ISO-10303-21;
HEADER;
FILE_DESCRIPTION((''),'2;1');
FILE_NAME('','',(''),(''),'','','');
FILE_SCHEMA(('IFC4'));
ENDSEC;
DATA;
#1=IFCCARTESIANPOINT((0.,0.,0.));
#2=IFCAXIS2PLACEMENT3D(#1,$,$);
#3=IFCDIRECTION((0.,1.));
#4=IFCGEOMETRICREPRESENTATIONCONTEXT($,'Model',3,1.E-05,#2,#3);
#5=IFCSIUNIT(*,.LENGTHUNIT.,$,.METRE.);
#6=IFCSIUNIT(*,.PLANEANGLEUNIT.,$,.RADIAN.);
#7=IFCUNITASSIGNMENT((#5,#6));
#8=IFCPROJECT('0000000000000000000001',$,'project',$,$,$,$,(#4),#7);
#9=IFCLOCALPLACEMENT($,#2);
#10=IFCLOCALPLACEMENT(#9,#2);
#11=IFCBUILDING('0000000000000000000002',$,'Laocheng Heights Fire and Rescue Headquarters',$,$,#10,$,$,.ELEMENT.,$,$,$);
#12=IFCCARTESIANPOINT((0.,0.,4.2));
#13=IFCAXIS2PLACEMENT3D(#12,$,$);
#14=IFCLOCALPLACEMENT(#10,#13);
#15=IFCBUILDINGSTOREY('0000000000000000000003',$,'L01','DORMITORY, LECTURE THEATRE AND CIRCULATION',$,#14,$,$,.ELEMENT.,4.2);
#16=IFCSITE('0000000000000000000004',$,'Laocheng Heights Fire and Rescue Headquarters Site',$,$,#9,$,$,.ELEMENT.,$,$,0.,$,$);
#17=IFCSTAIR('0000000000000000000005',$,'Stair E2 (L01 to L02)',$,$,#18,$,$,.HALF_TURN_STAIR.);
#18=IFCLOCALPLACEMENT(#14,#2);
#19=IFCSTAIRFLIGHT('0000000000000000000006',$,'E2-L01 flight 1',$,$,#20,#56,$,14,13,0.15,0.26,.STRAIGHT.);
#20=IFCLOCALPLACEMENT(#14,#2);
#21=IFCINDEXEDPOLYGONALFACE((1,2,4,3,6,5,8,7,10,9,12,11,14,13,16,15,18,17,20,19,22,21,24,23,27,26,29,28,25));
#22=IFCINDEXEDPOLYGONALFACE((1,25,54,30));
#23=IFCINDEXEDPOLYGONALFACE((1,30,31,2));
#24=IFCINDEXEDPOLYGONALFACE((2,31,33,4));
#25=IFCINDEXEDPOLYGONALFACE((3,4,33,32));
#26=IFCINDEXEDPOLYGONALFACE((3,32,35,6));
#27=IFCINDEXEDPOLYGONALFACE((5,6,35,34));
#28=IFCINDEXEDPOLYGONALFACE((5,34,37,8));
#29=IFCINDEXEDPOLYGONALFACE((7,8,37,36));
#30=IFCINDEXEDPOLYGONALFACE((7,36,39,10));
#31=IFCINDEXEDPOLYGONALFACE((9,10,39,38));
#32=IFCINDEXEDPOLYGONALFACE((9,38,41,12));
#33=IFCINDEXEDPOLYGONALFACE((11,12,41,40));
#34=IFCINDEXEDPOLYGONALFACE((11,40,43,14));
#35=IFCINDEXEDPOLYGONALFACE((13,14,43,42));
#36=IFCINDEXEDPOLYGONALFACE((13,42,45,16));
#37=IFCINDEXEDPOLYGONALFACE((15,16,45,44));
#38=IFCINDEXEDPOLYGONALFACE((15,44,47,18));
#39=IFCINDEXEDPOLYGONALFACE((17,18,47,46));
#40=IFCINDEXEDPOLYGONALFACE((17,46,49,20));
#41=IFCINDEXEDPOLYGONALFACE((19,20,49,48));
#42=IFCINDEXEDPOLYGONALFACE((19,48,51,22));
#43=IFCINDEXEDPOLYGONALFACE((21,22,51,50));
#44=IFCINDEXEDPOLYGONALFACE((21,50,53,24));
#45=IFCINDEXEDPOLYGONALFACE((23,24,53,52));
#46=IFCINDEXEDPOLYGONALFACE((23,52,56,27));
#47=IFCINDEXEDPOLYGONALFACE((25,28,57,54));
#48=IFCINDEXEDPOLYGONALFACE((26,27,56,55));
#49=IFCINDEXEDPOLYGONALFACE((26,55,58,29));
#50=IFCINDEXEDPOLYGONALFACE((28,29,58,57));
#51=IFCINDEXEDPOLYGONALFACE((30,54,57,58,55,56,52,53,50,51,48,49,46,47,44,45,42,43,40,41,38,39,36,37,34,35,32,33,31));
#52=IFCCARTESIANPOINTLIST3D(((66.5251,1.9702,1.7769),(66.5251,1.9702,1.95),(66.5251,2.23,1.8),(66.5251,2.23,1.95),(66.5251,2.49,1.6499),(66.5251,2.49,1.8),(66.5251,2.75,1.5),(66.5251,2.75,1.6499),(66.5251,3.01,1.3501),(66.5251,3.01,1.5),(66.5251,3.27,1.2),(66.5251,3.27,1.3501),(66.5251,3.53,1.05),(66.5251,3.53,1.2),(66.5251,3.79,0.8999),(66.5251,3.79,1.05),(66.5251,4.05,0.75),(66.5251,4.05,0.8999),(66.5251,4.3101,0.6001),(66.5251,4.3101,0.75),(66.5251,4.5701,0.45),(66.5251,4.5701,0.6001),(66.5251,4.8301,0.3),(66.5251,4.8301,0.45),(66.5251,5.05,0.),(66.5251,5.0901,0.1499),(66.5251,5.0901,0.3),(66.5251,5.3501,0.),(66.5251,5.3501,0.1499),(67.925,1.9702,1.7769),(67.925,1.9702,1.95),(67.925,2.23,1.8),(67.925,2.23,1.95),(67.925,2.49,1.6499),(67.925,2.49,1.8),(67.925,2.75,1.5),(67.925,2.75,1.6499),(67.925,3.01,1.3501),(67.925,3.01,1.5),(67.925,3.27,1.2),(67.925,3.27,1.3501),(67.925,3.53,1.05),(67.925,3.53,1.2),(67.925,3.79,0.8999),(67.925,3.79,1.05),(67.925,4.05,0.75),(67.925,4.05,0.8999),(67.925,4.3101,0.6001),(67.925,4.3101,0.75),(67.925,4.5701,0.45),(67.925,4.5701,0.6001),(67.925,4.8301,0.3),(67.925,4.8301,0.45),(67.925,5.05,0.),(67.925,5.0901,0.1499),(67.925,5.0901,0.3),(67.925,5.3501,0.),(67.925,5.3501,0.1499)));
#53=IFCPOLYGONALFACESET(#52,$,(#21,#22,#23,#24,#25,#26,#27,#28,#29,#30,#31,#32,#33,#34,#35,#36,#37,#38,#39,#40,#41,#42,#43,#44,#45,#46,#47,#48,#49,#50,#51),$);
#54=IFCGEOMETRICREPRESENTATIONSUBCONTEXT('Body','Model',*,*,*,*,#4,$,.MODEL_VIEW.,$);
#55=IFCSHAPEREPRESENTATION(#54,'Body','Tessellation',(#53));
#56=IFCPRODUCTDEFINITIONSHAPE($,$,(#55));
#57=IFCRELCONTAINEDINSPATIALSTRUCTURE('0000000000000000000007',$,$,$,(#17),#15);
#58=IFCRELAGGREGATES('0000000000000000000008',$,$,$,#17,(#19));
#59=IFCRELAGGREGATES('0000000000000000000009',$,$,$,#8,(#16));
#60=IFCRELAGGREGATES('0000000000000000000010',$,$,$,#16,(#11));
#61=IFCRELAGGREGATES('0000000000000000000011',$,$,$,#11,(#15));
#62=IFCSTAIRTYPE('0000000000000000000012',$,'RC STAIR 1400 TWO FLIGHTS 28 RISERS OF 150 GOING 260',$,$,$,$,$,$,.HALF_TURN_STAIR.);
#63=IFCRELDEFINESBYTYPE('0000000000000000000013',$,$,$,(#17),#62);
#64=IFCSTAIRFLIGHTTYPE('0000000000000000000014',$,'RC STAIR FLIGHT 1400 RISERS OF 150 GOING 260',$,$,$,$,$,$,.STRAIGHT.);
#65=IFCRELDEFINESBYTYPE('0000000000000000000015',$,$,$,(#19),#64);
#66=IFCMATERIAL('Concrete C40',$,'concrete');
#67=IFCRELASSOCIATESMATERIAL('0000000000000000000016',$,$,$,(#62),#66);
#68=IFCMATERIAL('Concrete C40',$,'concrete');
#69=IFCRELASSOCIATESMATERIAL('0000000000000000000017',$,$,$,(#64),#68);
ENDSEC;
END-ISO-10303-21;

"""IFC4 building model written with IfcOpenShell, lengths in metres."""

from ifc_helpers import new_model, si_unit, direction, frame, origin, place, context, subcontext, project, spatial, polyline, outline, extrude, material, type_object, element, aggregate, save


model = new_model("IFC4")

# Units and contexts
model_context = context("Model", 3, precision=1e-05, world=origin(), true_north=direction((0.0, 1.0)))
body_context = subcontext(model_context, "Body", "Model", "MODEL_VIEW")
ifc_project = project(units=[si_unit("LENGTHUNIT", "METRE"), si_unit("PLANEANGLEUNIT", "RADIAN")], contexts=[model_context])

# Site, building, storey
site_placement = place(None, origin())
site = spatial("IfcSite", under=ifc_project, at=site_placement, Name="Laocheng Heights Fire and Rescue Headquarters Site", CompositionType="ELEMENT", RefElevation=0.0)
building_placement = place(site_placement, origin())
building = spatial("IfcBuilding", under=site, at=building_placement, Name="Laocheng Heights Fire and Rescue Headquarters", CompositionType="ELEMENT")
storey_placement = place(building_placement, frame((0.0, 0.0, 4.2)))
storey = spatial("IfcBuildingStorey", under=building, at=storey_placement, Name="L01", Description="DORMITORY, LECTURE THEATRE AND CIRCULATION", CompositionType="ELEMENT", Elevation=4.2)

# Stair, stair flight
ifc_material_1 = material(Name="Concrete C40", Category="concrete")
stair_type = type_object("IfcStairType", Name="RC STAIR 1400 TWO FLIGHTS 28 RISERS OF 150 GOING 260", PredefinedType="HALF_TURN_STAIR", material=ifc_material_1)
stair_placement = place(storey_placement, origin())
stair = element("IfcStair", 1, at=stair_placement, inside=storey, type_object=stair_type, Name="Stair E2 (L01 to L02)", PredefinedType="HALF_TURN_STAIR")
ifc_material_2 = material(Name="Concrete C40", Category="concrete")
stair_flight_type = type_object("IfcStairFlightType", Name="RC STAIR FLIGHT 1400 RISERS OF 150 GOING 260", PredefinedType="STRAIGHT", material=ifc_material_2)
stair_flight_placement = place(storey_placement, frame((67.2251, 5.3501, 0.0), z_axis=(0.0, 0.0, 1.0), x_axis=(0.0, -1.0, 0.0)))
stair_flight = element("IfcStairFlight", 2, at=stair_flight_placement, type_object=stair_flight_type, Name="E2-L01 flight 1", NumberOfRisers=14, NumberOfTreads=13, PredefinedType="STRAIGHT", RiserHeight=0.15, TreadLength=0.26, context=body_context, shape_type="SweptSolid", body=[
    extrude(outline(polyline([(0.0, 0.0), (0.0, 0.1499), (0.26, 0.1499), (0.26, 0.3), (0.52, 0.3), (0.52, 0.45), (0.78, 0.45), (0.78, 0.6001), (1.04, 0.6001), (1.04, 0.75), (1.3, 0.75), (1.3, 0.8999), (1.5601, 0.8999), (1.5601, 1.05), (1.8201, 1.05), (1.8201, 1.2), (2.0801, 1.2), (2.0801, 1.3501), (2.3401, 1.3501), (2.3401, 1.5), (2.6001, 1.5), (2.6001, 1.6499), (2.8601, 1.6499), (2.8601, 1.8), (3.1201, 1.8), (3.1201, 1.95), (3.3799, 1.95), (3.3799, 2.1001), (3.3799, 1.7769), (0.3, 0.0), (0.0, 0.0)])), frame((0.0, 0.7, 0.0), z_axis=(0.0, -1.0, 0.0), x_axis=(1.0, 0.0, 0.0)), (0.0, 0.0, 1.0), 1.3999),
])
aggregate(stair, [stair_flight])

save(model, "model.ifc")
